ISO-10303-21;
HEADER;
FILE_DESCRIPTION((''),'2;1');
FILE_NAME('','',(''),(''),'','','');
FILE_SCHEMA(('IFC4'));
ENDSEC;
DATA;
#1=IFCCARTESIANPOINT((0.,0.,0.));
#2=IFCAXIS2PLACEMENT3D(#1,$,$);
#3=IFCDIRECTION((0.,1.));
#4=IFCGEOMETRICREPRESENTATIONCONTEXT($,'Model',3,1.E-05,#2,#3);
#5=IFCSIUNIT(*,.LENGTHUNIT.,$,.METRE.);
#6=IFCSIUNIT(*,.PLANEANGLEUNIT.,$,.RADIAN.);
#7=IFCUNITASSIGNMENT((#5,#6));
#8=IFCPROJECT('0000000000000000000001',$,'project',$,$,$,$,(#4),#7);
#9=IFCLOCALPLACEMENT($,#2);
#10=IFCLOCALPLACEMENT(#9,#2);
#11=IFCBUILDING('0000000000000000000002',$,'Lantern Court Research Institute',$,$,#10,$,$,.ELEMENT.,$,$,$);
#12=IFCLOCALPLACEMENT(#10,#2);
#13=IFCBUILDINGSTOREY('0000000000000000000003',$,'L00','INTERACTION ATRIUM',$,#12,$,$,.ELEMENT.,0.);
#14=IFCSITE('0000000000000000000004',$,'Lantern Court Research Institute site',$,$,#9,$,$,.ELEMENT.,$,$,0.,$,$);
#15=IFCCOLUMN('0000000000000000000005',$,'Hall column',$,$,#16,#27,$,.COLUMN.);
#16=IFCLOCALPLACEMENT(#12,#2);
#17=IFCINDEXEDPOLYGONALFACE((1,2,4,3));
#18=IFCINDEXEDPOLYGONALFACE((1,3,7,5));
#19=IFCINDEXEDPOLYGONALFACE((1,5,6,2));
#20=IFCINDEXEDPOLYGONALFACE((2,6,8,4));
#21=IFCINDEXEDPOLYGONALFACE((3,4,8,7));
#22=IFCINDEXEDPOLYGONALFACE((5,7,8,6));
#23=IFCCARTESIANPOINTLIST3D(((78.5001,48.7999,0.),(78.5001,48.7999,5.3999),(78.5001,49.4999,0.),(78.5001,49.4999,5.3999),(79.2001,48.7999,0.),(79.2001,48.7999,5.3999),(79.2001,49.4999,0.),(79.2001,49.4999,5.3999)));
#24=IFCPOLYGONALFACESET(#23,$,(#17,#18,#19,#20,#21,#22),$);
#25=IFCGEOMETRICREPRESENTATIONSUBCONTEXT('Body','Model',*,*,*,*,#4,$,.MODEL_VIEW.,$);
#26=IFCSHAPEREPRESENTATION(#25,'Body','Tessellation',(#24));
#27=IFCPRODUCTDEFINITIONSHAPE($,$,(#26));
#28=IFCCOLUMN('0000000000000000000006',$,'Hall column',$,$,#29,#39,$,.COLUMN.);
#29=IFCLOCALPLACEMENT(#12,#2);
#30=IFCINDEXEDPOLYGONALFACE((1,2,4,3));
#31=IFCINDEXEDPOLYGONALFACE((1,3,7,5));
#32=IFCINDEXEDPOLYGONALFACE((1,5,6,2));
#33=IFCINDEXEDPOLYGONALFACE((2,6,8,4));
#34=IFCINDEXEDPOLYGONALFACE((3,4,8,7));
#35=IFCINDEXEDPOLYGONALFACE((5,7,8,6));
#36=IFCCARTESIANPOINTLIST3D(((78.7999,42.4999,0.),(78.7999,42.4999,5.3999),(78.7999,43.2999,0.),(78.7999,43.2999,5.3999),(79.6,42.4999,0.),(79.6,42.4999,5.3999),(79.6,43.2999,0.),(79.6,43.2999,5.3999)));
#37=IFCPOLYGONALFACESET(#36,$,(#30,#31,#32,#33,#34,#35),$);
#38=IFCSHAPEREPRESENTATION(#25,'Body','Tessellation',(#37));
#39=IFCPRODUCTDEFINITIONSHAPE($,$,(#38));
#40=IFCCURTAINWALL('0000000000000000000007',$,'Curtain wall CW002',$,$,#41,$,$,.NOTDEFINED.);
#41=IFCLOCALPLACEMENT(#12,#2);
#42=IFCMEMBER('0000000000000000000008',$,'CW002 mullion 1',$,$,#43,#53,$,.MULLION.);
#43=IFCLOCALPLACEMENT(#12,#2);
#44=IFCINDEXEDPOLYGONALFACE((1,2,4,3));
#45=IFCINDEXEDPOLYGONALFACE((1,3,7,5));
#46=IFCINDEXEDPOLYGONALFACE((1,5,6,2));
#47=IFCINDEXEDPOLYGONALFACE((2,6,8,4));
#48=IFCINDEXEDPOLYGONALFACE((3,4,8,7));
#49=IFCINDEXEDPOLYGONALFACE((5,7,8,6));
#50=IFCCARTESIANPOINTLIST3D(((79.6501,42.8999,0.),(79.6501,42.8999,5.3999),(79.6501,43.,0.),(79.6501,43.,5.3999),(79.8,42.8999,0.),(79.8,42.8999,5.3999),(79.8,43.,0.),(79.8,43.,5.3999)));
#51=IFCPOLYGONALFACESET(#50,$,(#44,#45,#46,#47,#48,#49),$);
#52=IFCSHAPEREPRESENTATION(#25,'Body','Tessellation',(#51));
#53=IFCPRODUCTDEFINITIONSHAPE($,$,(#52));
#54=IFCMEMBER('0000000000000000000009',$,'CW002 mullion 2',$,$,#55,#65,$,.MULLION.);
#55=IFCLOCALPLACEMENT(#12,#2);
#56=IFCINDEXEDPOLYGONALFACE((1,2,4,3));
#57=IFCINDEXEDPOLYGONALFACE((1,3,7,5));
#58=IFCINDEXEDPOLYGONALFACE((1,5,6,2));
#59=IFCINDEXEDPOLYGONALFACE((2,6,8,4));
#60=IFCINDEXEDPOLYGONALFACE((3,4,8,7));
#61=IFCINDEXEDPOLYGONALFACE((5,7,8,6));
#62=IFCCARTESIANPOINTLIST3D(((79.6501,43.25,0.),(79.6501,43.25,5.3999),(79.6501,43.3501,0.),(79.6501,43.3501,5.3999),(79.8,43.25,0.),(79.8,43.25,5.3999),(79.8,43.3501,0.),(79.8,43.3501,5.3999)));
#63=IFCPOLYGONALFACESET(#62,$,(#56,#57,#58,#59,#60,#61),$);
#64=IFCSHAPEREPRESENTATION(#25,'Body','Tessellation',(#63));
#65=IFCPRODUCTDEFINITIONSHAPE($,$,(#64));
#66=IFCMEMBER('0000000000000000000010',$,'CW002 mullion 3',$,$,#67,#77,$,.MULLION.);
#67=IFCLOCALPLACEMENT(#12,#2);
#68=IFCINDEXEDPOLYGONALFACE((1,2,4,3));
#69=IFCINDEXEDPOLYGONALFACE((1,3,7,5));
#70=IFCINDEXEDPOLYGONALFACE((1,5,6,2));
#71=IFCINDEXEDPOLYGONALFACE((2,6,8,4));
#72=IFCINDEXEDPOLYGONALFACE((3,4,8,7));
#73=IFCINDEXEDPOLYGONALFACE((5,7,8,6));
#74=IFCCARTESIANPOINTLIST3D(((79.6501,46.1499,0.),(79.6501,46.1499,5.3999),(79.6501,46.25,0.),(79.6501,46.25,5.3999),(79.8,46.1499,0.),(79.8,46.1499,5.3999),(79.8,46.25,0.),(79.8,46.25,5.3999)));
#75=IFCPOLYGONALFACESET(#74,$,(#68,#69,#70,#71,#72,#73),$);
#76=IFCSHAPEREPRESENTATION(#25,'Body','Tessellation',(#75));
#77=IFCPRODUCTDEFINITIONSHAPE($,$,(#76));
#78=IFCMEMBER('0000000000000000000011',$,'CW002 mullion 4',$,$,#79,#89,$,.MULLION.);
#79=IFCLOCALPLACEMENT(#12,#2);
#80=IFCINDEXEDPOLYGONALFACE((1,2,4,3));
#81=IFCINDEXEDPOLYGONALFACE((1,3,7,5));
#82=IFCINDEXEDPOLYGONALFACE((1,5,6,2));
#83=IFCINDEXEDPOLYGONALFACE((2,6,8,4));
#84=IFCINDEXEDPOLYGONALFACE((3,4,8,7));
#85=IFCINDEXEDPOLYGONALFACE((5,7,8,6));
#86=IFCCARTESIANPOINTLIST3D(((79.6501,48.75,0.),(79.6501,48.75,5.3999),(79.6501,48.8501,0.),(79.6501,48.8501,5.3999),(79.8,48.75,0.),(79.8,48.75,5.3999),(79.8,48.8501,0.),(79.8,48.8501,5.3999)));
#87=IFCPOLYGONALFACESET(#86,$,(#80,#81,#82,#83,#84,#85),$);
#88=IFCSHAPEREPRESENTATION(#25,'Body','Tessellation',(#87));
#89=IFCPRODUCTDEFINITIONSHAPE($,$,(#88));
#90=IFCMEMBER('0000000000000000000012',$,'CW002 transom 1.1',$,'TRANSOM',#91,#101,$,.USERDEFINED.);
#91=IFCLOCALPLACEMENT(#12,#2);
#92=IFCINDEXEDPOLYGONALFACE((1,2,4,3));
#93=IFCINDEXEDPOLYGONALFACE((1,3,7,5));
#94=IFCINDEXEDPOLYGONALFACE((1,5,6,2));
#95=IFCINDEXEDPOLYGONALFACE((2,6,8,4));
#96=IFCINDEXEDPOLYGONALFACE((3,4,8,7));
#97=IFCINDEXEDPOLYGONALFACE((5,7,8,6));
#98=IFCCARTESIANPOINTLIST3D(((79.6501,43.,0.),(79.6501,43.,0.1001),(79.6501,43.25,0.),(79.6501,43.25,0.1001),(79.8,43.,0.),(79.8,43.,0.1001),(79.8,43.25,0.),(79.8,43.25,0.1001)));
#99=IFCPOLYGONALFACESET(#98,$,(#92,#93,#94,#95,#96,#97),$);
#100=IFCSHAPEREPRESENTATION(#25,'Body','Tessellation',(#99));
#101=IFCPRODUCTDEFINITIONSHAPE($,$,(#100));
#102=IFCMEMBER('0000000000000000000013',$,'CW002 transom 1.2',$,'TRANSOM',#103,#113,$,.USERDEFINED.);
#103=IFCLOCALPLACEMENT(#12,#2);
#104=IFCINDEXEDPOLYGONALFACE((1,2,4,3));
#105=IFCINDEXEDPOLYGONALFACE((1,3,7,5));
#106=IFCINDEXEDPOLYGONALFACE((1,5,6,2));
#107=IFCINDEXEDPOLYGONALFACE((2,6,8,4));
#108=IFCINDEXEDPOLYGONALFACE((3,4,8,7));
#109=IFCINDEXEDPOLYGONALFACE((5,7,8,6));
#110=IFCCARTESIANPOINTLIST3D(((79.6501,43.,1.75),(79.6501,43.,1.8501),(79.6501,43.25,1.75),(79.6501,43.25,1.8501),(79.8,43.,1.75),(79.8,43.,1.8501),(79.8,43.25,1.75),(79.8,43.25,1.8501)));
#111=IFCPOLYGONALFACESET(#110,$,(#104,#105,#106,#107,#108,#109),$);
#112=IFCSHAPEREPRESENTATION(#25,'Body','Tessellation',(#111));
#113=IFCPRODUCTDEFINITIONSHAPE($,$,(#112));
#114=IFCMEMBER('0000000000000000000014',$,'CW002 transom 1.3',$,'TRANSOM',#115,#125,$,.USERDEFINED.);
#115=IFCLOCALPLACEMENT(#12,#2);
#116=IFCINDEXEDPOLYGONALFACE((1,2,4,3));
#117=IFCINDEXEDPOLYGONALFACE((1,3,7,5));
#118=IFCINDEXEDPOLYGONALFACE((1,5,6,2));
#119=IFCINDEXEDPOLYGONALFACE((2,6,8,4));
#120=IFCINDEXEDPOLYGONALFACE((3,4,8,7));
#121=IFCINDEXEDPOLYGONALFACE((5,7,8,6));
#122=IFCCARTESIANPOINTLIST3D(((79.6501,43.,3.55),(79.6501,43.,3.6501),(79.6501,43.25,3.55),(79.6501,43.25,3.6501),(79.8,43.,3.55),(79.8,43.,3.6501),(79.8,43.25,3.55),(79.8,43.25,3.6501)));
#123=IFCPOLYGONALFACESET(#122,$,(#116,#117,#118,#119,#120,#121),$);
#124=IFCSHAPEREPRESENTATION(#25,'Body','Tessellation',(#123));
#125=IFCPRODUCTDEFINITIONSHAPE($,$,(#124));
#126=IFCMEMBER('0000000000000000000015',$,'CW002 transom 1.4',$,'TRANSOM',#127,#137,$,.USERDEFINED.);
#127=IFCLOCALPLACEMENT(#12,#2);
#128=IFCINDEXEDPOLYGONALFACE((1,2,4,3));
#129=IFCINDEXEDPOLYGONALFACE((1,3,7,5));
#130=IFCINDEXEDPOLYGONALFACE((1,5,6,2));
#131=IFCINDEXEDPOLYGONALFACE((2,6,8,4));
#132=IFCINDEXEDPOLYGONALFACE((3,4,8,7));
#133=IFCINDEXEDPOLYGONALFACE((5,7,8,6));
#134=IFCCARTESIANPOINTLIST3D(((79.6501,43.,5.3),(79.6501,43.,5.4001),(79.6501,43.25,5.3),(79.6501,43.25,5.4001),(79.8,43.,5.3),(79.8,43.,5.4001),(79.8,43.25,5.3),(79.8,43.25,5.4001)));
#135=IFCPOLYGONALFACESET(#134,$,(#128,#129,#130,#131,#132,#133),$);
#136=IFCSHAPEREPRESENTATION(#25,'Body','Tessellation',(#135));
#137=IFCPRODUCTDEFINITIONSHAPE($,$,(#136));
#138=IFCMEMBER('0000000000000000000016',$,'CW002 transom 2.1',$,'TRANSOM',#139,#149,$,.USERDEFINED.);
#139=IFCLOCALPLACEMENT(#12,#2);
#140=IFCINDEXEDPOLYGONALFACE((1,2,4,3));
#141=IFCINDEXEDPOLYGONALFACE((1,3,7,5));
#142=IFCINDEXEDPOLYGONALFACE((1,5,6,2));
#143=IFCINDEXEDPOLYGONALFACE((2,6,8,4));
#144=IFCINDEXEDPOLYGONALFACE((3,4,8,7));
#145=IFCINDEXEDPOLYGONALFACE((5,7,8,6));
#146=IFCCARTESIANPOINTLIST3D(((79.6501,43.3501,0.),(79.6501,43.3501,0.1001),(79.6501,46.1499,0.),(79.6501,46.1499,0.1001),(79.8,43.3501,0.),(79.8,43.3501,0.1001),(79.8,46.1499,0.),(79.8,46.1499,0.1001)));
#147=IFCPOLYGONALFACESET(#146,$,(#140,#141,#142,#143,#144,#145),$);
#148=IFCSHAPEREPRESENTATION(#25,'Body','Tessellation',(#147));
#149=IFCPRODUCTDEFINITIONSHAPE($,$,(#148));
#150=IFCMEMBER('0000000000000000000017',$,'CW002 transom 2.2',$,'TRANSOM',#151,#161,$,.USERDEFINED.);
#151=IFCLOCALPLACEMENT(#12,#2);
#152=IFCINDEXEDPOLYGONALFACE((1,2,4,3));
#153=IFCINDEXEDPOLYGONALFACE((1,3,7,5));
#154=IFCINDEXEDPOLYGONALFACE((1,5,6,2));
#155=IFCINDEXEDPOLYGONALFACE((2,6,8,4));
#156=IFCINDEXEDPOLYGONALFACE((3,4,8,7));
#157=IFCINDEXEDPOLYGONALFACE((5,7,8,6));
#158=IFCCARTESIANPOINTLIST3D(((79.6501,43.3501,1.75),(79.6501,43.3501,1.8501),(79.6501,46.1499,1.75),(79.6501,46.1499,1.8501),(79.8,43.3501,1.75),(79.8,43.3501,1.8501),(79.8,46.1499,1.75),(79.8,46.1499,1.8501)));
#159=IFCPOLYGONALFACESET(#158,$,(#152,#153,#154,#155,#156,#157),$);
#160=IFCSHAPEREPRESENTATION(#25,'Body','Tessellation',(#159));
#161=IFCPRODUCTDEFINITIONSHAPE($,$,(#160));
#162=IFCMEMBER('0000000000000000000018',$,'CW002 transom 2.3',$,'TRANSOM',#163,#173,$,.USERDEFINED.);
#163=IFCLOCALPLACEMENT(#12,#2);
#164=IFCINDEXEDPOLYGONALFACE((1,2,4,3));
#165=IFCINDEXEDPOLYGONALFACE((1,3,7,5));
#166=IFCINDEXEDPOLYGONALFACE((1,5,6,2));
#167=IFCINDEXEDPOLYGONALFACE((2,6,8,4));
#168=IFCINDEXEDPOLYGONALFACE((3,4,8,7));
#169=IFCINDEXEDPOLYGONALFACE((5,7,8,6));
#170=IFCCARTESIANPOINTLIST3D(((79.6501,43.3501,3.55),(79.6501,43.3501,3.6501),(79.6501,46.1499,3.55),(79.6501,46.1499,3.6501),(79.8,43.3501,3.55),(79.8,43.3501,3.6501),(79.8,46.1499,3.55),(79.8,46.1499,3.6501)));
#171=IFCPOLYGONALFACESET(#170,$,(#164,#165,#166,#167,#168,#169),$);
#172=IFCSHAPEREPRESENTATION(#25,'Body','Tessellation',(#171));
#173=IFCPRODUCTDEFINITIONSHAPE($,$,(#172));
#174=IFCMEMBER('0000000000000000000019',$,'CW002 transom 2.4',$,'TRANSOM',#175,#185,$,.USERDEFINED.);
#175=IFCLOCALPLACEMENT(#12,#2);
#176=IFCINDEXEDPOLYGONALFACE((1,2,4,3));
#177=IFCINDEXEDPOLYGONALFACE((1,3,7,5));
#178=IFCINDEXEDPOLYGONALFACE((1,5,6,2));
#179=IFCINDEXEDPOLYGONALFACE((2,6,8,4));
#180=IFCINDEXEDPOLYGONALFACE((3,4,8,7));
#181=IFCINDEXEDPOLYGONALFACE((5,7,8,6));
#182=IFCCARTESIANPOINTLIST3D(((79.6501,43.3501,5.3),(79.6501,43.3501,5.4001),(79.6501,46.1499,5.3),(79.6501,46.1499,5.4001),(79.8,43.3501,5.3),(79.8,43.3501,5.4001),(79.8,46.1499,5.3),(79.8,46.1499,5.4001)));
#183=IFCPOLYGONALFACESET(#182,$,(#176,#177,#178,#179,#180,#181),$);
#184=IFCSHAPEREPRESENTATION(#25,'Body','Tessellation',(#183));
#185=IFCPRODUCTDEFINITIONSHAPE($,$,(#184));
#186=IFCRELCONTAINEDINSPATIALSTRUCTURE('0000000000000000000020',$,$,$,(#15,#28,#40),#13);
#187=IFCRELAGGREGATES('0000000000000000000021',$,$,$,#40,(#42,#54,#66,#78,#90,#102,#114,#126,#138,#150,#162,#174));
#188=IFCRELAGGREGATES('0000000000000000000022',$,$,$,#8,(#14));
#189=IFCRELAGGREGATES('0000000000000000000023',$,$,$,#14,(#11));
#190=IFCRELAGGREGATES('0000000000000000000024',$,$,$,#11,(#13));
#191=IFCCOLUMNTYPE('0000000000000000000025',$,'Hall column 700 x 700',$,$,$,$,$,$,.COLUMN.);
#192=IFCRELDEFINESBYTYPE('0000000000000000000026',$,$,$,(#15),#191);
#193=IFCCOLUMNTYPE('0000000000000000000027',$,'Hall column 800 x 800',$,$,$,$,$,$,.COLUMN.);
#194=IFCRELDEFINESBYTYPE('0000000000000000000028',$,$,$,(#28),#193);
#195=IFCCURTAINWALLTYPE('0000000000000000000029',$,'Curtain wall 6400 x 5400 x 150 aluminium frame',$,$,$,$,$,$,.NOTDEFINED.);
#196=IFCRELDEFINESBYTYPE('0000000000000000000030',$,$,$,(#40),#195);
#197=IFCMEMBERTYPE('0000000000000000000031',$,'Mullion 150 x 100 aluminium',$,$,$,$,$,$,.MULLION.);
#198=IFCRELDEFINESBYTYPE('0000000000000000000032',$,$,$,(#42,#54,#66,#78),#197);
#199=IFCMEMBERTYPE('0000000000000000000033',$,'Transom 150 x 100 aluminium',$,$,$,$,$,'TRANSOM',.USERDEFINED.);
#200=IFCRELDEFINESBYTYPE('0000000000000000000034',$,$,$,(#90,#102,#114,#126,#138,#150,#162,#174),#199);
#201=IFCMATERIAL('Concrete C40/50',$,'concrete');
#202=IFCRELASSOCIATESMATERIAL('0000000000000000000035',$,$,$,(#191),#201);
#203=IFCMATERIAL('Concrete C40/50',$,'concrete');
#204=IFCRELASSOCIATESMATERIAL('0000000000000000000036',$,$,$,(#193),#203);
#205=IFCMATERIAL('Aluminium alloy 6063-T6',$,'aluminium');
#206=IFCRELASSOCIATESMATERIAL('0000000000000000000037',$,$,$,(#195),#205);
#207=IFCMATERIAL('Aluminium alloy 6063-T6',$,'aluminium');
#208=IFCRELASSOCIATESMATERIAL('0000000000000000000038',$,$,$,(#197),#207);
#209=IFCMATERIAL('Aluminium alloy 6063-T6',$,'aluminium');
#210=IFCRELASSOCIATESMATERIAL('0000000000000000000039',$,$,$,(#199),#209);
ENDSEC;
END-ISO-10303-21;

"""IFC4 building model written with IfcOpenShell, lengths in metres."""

from ifc_helpers import new_model, si_unit, direction, frame, origin, origin_2d, place, context, subcontext, project, spatial, rectangle, extrude, material, material_profile, profile_set, type_object, element, aggregate, save


model = new_model("IFC4")

# Units and contexts
model_context = context("Model", 3, precision=1e-05, world=origin(), true_north=direction((0.0, 1.0)))
body_context = subcontext(model_context, "Body", "Model", "MODEL_VIEW")
ifc_project = project(units=[si_unit("LENGTHUNIT", "METRE"), si_unit("PLANEANGLEUNIT", "RADIAN")], contexts=[model_context])

# Site, building, storey
site_placement = place(None, origin())
site = spatial("IfcSite", under=ifc_project, at=site_placement, Name="Lantern Court Research Institute site", CompositionType="ELEMENT", RefElevation=0.0)
building_placement = place(site_placement, origin())
building = spatial("IfcBuilding", under=site, at=building_placement, Name="Lantern Court Research Institute", CompositionType="ELEMENT")
storey_placement = place(building_placement, origin())
storey = spatial("IfcBuildingStorey", under=building, at=storey_placement, Name="L00", Description="INTERACTION ATRIUM", CompositionType="ELEMENT", Elevation=0.0)

# Columns
ifc_material_1 = material(Name="Concrete C40/50", Category="concrete")
ifc_material_profile_1 = material_profile(ifc_material_1, rectangle(XDim=0.7, YDim=0.7, at=origin_2d()), Name="Hall column 700 x 700")
ifc_profile_set_1 = profile_set([ifc_material_profile_1], Name="Concrete C40/50")
column_type_1 = type_object("IfcColumnType", Name="Hall column 700 x 700", PredefinedType="COLUMN", material=ifc_profile_set_1)
column_1_placement = place(storey_placement, frame((78.8501, 49.1499, 0.0), z_axis=(0.0, 0.0, 1.0), x_axis=(1.0, 0.0, 0.0)))
element("IfcColumn", 1, at=column_1_placement, inside=storey, type_object=column_type_1, Name="Hall column", PredefinedType="COLUMN", context=body_context, shape_type="SweptSolid", body=[
    extrude(rectangle(XDim=0.7, YDim=0.7, at=origin_2d()), origin(), (0.0, 0.0, 1.0), 5.3999),
])
ifc_material_2 = material(Name="Concrete C40/50", Category="concrete")
ifc_material_profile_2 = material_profile(ifc_material_2, rectangle(XDim=0.8, YDim=0.8, at=origin_2d()), Name="Hall column 800 x 800")
ifc_profile_set_2 = profile_set([ifc_material_profile_2], Name="Concrete C40/50")
column_type_2 = type_object("IfcColumnType", Name="Hall column 800 x 800", PredefinedType="COLUMN", material=ifc_profile_set_2)
column_2_placement = place(storey_placement, frame((79.2, 42.8999, 0.0), z_axis=(0.0, 0.0, 1.0), x_axis=(1.0, 0.0, 0.0)))
element("IfcColumn", 2, at=column_2_placement, inside=storey, type_object=column_type_2, Name="Hall column", PredefinedType="COLUMN", context=body_context, shape_type="SweptSolid", body=[
    extrude(rectangle(XDim=0.8, YDim=0.8, at=origin_2d()), origin(), (0.0, 0.0, 1.0), 5.3999),
])

# Curtain wall, members
ifc_material_3 = material(Name="Aluminium alloy 6063-T6", Category="aluminium")
curtain_wall_type = type_object("IfcCurtainWallType", Name="Curtain wall 6400 x 5400 x 150 aluminium frame", PredefinedType="NOTDEFINED", material=ifc_material_3)
curtain_wall_placement = place(storey_placement, origin())
curtain_wall = element("IfcCurtainWall", 3, at=curtain_wall_placement, inside=storey, type_object=curtain_wall_type, Name="Curtain wall CW002", PredefinedType="NOTDEFINED")
ifc_material_4 = material(Name="Aluminium alloy 6063-T6", Category="aluminium")
ifc_material_profile_3 = material_profile(ifc_material_4, rectangle(XDim=0.1499, YDim=0.1001, at=origin_2d()), Name="Mullion 150 x 100")
ifc_profile_set_3 = profile_set([ifc_material_profile_3], Name="Aluminium alloy 6063-T6")
member_type_1 = type_object("IfcMemberType", Name="Mullion 150 x 100 aluminium", PredefinedType="MULLION", material=ifc_profile_set_3)
member_1_placement = place(storey_placement, frame((79.7251, 42.95, 0.0), z_axis=(0.0, 0.0, 1.0), x_axis=(1.0, 0.0, 0.0)))
member_1 = element("IfcMember", 4, at=member_1_placement, type_object=member_type_1, Name="CW002 mullion 1", PredefinedType="MULLION", context=body_context, shape_type="SweptSolid", body=[
    extrude(rectangle(XDim=0.1499, YDim=0.1001, at=origin_2d()), origin(), (0.0, 0.0, 1.0), 5.3999),
])
member_2_placement = place(storey_placement, frame((79.7251, 43.3, 0.0), z_axis=(0.0, 0.0, 1.0), x_axis=(1.0, 0.0, 0.0)))
member_2 = element("IfcMember", 5, at=member_2_placement, type_object=member_type_1, Name="CW002 mullion 2", PredefinedType="MULLION", context=body_context, shape_type="SweptSolid", body=[
    extrude(rectangle(XDim=0.1499, YDim=0.1001, at=origin_2d()), origin(), (0.0, 0.0, 1.0), 5.3999),
])
member_3_placement = place(storey_placement, frame((79.7251, 46.2, 0.0), z_axis=(0.0, 0.0, 1.0), x_axis=(1.0, 0.0, 0.0)))
member_3 = element("IfcMember", 6, at=member_3_placement, type_object=member_type_1, Name="CW002 mullion 3", PredefinedType="MULLION", context=body_context, shape_type="SweptSolid", body=[
    extrude(rectangle(XDim=0.1499, YDim=0.1001, at=origin_2d()), origin(), (0.0, 0.0, 1.0), 5.3999),
])
member_4_placement = place(storey_placement, frame((79.7251, 48.8, 0.0), z_axis=(0.0, 0.0, 1.0), x_axis=(1.0, 0.0, 0.0)))
member_4 = element("IfcMember", 7, at=member_4_placement, type_object=member_type_1, Name="CW002 mullion 4", PredefinedType="MULLION", context=body_context, shape_type="SweptSolid", body=[
    extrude(rectangle(XDim=0.1499, YDim=0.1001, at=origin_2d()), origin(), (0.0, 0.0, 1.0), 5.3999),
])
ifc_material_5 = material(Name="Aluminium alloy 6063-T6", Category="aluminium")
ifc_material_profile_4 = material_profile(ifc_material_5, rectangle(XDim=0.1499, YDim=0.1001, at=origin_2d()), Name="Transom 150 x 100")
ifc_profile_set_4 = profile_set([ifc_material_profile_4], Name="Aluminium alloy 6063-T6")
member_type_2 = type_object("IfcMemberType", Name="Transom 150 x 100 aluminium", ElementType="TRANSOM", PredefinedType="USERDEFINED", material=ifc_profile_set_4)
member_5_placement = place(storey_placement, frame((79.7251, 43.25, 0.05), z_axis=(0.0, -1.0, 0.0), x_axis=(1.0, 0.0, 0.0)))
member_5 = element("IfcMember", 8, at=member_5_placement, type_object=member_type_2, Name="CW002 transom 1.1", ObjectType="TRANSOM", PredefinedType="USERDEFINED", context=body_context, shape_type="SweptSolid", body=[
    extrude(rectangle(XDim=0.1499, YDim=0.1001, at=origin_2d()), origin(), (0.0, 0.0, 1.0), 0.25),
])
member_6_placement = place(storey_placement, frame((79.7251, 43.25, 1.8), z_axis=(0.0, -1.0, 0.0), x_axis=(1.0, 0.0, 0.0)))
member_6 = element("IfcMember", 9, at=member_6_placement, type_object=member_type_2, Name="CW002 transom 1.2", ObjectType="TRANSOM", PredefinedType="USERDEFINED", context=body_context, shape_type="SweptSolid", body=[
    extrude(rectangle(XDim=0.1499, YDim=0.1001, at=origin_2d()), origin(), (0.0, 0.0, 1.0), 0.25),
])
member_7_placement = place(storey_placement, frame((79.7251, 43.25, 3.6001), z_axis=(0.0, -1.0, 0.0), x_axis=(1.0, 0.0, 0.0)))
member_7 = element("IfcMember", 10, at=member_7_placement, type_object=member_type_2, Name="CW002 transom 1.3", ObjectType="TRANSOM", PredefinedType="USERDEFINED", context=body_context, shape_type="SweptSolid", body=[
    extrude(rectangle(XDim=0.1499, YDim=0.1001, at=origin_2d()), origin(), (0.0, 0.0, 1.0), 0.25),
])
member_8_placement = place(storey_placement, frame((79.7251, 43.25, 5.3501), z_axis=(0.0, -1.0, 0.0), x_axis=(1.0, 0.0, 0.0)))
member_8 = element("IfcMember", 11, at=member_8_placement, type_object=member_type_2, Name="CW002 transom 1.4", ObjectType="TRANSOM", PredefinedType="USERDEFINED", context=body_context, shape_type="SweptSolid", body=[
    extrude(rectangle(XDim=0.1499, YDim=0.1001, at=origin_2d()), origin(), (0.0, 0.0, 1.0), 0.25),
])
member_9_placement = place(storey_placement, frame((79.7251, 46.1499, 0.05), z_axis=(0.0, -1.0, 0.0), x_axis=(1.0, 0.0, 0.0)))
member_9 = element("IfcMember", 12, at=member_9_placement, type_object=member_type_2, Name="CW002 transom 2.1", ObjectType="TRANSOM", PredefinedType="USERDEFINED", context=body_context, shape_type="SweptSolid", body=[
    extrude(rectangle(XDim=0.1499, YDim=0.1001, at=origin_2d()), origin(), (0.0, 0.0, 1.0), 2.7998),
])
member_10_placement = place(storey_placement, frame((79.7251, 46.1499, 1.8), z_axis=(0.0, -1.0, 0.0), x_axis=(1.0, 0.0, 0.0)))
member_10 = element("IfcMember", 13, at=member_10_placement, type_object=member_type_2, Name="CW002 transom 2.2", ObjectType="TRANSOM", PredefinedType="USERDEFINED", context=body_context, shape_type="SweptSolid", body=[
    extrude(rectangle(XDim=0.1499, YDim=0.1001, at=origin_2d()), origin(), (0.0, 0.0, 1.0), 2.7998),
])
member_11_placement = place(storey_placement, frame((79.7251, 46.1499, 3.6001), z_axis=(0.0, -1.0, 0.0), x_axis=(1.0, 0.0, 0.0)))
member_11 = element("IfcMember", 14, at=member_11_placement, type_object=member_type_2, Name="CW002 transom 2.3", ObjectType="TRANSOM", PredefinedType="USERDEFINED", context=body_context, shape_type="SweptSolid", body=[
    extrude(rectangle(XDim=0.1499, YDim=0.1001, at=origin_2d()), origin(), (0.0, 0.0, 1.0), 2.7998),
])
member_12_placement = place(storey_placement, frame((79.7251, 46.1499, 5.3501), z_axis=(0.0, -1.0, 0.0), x_axis=(1.0, 0.0, 0.0)))
member_12 = element("IfcMember", 15, at=member_12_placement, type_object=member_type_2, Name="CW002 transom 2.4", ObjectType="TRANSOM", PredefinedType="USERDEFINED", context=body_context, shape_type="SweptSolid", body=[
    extrude(rectangle(XDim=0.1499, YDim=0.1001, at=origin_2d()), origin(), (0.0, 0.0, 1.0), 2.7998),
])
aggregate(curtain_wall, [member_1, member_2, member_3, member_4, member_5, member_6, member_7, member_8, member_9, member_10, member_11, member_12])

save(model, "model.ifc")
